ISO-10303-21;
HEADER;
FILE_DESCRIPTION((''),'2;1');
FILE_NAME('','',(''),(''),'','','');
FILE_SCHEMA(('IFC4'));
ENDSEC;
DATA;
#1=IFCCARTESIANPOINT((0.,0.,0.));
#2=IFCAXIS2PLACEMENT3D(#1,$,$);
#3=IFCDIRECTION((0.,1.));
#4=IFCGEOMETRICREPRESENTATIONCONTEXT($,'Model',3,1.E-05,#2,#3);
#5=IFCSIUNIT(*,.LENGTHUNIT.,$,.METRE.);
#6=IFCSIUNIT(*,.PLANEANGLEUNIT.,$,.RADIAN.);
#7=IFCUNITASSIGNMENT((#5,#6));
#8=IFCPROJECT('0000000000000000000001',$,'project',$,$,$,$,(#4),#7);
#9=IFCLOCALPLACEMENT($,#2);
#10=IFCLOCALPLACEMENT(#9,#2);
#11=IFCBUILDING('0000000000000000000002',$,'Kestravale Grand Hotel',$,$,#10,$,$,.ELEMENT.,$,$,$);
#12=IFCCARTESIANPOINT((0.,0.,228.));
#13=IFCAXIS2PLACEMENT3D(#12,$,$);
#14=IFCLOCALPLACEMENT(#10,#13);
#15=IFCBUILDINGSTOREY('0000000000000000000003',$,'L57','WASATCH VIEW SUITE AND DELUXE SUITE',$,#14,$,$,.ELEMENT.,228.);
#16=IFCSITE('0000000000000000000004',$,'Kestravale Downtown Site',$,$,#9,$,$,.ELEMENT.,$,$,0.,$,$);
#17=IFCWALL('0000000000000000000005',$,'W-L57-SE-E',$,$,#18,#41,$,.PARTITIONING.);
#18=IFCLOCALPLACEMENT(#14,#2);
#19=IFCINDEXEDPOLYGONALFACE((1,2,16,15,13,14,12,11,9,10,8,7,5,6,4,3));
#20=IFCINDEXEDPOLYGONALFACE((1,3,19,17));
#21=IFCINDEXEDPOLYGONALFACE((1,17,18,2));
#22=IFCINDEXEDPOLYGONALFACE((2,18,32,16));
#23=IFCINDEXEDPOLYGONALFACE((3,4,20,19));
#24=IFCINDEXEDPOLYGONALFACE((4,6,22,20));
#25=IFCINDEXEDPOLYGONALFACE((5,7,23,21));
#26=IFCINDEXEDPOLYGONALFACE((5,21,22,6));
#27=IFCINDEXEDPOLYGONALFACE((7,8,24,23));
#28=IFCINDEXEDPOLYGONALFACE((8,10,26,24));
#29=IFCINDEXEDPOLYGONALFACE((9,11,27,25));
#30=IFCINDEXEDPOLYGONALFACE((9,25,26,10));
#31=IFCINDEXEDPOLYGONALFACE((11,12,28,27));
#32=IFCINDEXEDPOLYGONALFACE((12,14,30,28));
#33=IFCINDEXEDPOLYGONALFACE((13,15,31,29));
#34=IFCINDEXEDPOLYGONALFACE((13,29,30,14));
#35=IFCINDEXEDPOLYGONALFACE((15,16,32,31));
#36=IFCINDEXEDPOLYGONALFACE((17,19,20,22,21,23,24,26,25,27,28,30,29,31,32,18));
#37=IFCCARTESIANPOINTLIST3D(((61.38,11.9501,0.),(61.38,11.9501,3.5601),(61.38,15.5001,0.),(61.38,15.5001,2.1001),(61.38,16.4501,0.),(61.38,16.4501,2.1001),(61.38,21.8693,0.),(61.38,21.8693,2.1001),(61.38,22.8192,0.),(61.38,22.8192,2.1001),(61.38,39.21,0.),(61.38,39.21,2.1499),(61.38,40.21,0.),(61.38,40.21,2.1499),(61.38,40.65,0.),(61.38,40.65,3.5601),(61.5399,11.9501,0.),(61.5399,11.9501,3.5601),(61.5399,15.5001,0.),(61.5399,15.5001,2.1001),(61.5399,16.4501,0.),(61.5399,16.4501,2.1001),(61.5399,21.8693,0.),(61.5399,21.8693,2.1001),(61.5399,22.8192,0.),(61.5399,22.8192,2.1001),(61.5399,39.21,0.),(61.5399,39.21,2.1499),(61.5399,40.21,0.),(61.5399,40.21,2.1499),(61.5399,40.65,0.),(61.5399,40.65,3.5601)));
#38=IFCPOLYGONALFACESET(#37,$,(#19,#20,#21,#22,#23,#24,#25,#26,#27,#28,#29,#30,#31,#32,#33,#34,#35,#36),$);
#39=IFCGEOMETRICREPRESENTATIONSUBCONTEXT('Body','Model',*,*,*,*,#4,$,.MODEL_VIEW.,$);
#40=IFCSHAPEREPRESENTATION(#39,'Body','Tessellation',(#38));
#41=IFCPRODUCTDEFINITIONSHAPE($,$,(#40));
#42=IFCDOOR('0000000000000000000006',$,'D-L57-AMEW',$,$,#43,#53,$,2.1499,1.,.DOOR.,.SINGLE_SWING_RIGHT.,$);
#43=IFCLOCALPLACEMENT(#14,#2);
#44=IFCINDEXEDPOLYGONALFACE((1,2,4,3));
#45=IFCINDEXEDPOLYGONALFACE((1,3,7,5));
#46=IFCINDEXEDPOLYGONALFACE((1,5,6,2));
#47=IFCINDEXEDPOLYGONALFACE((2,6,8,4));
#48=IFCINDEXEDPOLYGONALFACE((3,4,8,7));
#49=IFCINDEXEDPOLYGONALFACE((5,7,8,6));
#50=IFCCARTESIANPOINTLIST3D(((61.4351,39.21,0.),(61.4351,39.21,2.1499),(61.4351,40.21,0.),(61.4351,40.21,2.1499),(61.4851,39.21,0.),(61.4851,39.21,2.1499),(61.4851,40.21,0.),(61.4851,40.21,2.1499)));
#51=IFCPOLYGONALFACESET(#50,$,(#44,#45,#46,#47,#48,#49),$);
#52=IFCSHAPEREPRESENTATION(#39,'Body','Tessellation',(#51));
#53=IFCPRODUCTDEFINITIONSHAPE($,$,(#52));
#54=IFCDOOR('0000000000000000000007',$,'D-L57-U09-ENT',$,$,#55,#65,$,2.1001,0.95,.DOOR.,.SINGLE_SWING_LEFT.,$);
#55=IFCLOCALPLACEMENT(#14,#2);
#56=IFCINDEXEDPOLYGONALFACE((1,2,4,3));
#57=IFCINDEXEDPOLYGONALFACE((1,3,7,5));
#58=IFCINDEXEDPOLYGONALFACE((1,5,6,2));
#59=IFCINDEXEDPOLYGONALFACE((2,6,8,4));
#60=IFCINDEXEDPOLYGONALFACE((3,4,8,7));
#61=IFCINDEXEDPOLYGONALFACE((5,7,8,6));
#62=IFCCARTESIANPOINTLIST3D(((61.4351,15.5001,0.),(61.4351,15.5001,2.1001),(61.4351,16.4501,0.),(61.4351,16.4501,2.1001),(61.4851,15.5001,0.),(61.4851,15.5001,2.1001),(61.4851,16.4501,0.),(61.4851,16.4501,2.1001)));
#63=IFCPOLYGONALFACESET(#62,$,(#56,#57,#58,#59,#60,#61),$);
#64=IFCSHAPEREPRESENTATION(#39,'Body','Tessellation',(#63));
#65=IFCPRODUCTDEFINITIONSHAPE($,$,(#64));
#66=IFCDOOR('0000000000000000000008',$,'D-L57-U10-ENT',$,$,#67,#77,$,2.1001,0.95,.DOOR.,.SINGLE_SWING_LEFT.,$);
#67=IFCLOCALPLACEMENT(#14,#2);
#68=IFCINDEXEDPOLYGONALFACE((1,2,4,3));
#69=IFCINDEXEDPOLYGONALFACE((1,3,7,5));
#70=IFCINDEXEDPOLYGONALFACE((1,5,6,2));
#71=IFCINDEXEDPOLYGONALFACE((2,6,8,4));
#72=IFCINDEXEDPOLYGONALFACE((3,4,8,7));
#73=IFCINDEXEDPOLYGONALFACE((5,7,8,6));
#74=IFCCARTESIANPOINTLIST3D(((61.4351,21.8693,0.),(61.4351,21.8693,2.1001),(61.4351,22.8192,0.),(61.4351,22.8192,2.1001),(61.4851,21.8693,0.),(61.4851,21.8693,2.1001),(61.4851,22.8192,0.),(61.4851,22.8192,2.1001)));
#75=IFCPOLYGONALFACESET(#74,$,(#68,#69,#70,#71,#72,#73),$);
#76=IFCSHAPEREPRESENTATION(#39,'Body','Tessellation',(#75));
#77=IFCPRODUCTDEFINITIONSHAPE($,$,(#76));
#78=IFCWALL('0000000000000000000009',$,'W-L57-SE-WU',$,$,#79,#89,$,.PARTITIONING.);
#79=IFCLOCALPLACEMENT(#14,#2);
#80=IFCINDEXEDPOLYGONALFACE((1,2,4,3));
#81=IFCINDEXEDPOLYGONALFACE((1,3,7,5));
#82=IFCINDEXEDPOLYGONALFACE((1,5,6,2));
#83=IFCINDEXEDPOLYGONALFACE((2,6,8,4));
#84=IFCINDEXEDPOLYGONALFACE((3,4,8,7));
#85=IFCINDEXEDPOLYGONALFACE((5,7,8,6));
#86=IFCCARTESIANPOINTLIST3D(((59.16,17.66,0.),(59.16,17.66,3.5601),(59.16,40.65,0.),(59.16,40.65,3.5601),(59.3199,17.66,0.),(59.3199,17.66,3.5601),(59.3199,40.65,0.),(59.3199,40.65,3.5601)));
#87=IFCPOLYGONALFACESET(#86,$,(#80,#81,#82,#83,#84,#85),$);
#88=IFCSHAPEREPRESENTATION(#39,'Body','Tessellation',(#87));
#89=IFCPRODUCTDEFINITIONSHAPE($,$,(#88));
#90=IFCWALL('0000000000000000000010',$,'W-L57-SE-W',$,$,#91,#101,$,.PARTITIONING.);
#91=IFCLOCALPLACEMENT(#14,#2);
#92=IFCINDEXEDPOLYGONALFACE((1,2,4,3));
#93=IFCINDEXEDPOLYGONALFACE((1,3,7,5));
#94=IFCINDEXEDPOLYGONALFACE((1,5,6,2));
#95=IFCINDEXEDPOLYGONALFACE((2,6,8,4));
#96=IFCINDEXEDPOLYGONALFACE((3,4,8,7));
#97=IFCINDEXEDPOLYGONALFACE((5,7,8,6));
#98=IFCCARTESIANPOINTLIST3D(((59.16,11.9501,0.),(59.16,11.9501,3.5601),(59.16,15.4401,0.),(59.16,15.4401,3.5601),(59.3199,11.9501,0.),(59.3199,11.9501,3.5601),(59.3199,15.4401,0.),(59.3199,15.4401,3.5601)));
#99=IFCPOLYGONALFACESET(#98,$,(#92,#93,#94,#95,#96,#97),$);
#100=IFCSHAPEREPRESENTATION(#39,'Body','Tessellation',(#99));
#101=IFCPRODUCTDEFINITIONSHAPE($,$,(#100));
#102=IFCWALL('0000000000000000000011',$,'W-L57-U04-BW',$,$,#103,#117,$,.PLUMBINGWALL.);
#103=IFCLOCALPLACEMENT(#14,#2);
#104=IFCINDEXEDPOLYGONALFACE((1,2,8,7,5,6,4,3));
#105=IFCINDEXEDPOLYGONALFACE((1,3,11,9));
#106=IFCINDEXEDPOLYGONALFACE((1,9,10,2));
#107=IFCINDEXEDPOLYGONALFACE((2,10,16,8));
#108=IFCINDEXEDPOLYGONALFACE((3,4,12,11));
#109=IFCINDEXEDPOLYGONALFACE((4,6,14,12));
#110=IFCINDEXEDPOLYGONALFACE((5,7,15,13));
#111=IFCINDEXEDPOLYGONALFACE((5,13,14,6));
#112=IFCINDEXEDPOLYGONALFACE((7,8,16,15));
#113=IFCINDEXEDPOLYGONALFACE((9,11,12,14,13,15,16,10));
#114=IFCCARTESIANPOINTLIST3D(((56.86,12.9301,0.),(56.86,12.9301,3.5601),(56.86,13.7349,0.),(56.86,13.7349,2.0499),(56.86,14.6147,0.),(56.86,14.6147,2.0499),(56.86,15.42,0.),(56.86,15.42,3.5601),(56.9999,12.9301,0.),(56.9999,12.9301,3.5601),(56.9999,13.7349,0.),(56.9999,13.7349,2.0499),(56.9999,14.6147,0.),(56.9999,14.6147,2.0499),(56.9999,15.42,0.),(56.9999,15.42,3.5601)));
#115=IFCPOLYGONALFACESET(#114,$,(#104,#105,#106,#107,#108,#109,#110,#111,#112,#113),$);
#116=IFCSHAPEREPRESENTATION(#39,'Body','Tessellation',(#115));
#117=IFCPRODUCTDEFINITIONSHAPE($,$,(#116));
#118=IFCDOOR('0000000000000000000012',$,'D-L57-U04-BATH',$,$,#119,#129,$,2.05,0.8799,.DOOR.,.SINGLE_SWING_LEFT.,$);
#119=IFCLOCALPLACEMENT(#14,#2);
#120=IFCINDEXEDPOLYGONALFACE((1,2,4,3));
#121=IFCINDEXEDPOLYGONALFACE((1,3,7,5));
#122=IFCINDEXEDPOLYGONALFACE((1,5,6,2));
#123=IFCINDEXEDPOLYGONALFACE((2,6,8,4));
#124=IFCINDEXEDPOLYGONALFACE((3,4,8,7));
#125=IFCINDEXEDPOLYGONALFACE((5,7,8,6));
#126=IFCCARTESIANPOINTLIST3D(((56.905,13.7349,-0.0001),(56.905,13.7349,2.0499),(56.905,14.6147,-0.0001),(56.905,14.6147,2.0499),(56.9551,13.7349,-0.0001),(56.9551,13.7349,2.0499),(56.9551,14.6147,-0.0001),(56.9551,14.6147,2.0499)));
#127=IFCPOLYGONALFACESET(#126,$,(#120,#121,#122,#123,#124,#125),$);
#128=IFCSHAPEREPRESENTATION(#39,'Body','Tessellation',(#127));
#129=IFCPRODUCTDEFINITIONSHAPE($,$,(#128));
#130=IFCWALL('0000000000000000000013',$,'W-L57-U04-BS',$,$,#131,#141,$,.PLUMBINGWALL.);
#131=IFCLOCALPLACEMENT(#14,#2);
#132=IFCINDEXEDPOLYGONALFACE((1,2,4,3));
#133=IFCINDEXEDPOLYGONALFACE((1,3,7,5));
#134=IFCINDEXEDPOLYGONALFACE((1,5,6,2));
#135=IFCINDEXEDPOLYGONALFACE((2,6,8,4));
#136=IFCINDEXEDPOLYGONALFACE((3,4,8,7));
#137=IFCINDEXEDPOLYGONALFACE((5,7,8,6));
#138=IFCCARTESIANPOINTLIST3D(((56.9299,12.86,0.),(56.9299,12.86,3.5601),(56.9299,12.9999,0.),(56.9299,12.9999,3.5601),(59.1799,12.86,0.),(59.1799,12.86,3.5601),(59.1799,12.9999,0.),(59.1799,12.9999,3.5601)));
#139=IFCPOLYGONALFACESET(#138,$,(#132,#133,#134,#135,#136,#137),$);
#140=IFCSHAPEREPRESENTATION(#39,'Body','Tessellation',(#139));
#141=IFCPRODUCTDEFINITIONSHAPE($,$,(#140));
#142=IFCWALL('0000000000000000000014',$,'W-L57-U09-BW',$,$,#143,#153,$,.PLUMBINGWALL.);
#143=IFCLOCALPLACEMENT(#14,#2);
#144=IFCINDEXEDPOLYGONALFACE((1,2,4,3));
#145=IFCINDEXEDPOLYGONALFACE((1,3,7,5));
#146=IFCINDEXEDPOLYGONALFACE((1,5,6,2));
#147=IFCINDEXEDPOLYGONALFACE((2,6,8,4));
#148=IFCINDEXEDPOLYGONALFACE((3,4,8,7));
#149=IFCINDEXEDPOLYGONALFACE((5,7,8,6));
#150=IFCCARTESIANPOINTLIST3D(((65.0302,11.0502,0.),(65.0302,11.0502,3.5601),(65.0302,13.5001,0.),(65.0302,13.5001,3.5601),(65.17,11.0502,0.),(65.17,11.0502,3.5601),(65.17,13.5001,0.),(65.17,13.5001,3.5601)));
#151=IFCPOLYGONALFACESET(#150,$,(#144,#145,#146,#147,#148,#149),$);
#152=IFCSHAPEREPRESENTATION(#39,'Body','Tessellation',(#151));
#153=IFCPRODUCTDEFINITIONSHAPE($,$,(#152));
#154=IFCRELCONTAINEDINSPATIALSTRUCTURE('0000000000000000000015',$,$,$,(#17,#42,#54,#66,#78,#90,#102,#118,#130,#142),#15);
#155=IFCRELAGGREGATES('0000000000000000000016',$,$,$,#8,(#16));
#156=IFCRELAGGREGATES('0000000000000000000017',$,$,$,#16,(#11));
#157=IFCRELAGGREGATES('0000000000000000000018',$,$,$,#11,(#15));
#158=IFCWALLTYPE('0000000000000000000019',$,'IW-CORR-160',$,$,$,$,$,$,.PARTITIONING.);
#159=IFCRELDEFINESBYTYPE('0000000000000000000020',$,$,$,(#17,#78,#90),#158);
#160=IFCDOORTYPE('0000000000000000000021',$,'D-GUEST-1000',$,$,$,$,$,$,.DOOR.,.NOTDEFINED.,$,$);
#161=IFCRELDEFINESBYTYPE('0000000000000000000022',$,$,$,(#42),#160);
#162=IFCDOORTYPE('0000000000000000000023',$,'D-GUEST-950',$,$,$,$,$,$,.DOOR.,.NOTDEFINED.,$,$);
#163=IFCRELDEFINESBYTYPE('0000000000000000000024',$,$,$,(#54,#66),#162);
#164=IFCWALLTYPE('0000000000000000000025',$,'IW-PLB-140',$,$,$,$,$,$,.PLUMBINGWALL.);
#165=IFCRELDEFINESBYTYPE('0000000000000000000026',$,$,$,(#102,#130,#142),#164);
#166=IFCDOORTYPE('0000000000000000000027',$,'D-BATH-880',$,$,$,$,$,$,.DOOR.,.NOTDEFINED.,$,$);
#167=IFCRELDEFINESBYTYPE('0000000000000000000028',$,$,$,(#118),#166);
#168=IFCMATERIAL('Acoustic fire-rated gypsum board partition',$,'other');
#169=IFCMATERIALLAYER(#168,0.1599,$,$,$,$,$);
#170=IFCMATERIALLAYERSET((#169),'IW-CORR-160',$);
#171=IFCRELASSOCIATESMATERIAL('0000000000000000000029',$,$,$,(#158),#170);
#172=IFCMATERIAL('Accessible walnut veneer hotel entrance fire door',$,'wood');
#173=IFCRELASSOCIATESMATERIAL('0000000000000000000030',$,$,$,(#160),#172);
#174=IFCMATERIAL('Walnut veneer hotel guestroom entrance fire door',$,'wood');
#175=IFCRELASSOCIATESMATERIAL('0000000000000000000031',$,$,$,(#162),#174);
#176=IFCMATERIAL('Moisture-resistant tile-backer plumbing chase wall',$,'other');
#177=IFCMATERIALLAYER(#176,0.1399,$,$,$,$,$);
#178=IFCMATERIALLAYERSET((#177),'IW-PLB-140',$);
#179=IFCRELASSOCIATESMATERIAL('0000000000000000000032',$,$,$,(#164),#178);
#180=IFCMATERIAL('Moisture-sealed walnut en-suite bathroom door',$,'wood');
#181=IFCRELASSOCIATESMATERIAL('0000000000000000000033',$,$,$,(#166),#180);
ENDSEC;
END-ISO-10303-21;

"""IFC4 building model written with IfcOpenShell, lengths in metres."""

from ifc_helpers import new_model, si_unit, direction, frame, frame_2d, origin, place, context, subcontext, project, spatial, rectangle, extrude, material, layer, layer_set, type_object, element, fill, save


model = new_model("IFC4")

# Units and contexts
model_context = context("Model", 3, precision=1e-05, world=origin(), true_north=direction((0.0, 1.0)))
body_context = subcontext(model_context, "Body", "Model", "MODEL_VIEW")
ifc_project = project(units=[si_unit("LENGTHUNIT", "METRE"), si_unit("PLANEANGLEUNIT", "RADIAN")], contexts=[model_context])

# Site, building, storey
site_placement = place(None, origin())
site = spatial("IfcSite", under=ifc_project, at=site_placement, Name="Kestravale Downtown Site", CompositionType="ELEMENT", RefElevation=0.0)
building_placement = place(site_placement, origin())
building = spatial("IfcBuilding", under=site, at=building_placement, Name="Kestravale Grand Hotel", CompositionType="ELEMENT")
storey_placement = place(building_placement, frame((0.0, 0.0, 228.0)))
storey = spatial("IfcBuildingStorey", under=building, at=storey_placement, Name="L57", Description="WASATCH VIEW SUITE AND DELUXE SUITE", CompositionType="ELEMENT", Elevation=228.0)

# Wall, openings, doors
ifc_material_1 = material(Name="Acoustic fire-rated gypsum board partition", Category="other")
ifc_layer_1 = layer(ifc_material_1, 0.1599)
ifc_layer_set_1 = layer_set([ifc_layer_1], Name="IW-CORR-160")
wall_type_1 = type_object("IfcWallType", Name="IW-CORR-160", PredefinedType="PARTITIONING", material=ifc_layer_set_1)
wall_1_placement = place(storey_placement, frame((61.46, 11.95, 0.0), z_axis=(0.0, 0.0, 1.0), x_axis=(0.0, 1.0, 0.0)))
wall_1 = element("IfcWall", 1, at=wall_1_placement, inside=storey, type_object=wall_type_1, Name="W-L57-SE-E", PredefinedType="PARTITIONING", context=body_context, shape_type="SweptSolid", body=[
    extrude(rectangle(XDim=28.7, YDim=0.1599, at=frame_2d((14.3501, 0.0))), origin(), (0.0, 0.0, 1.0), 3.5601),
])
opening_1_placement = place(wall_1_placement, frame((3.55, 0.0, 0.0)))
opening_1 = element("IfcOpeningElement", 2, at=opening_1_placement, cuts=wall_1, PredefinedType="OPENING", context=body_context, shape_type="SweptSolid", body=[
    extrude(rectangle(XDim=0.95, YDim=2.1001, at=frame_2d((0.4751, 1.05))), frame((0.0, 0.0898, 0.0), z_axis=(0.0, -1.0, 0.0), x_axis=(1.0, 0.0, 0.0)), (0.0, 0.0, 1.0), 0.1799),
])
opening_2_placement = place(wall_1_placement, frame((9.9192, 0.0, 0.0)))
opening_2 = element("IfcOpeningElement", 3, at=opening_2_placement, cuts=wall_1, PredefinedType="OPENING", context=body_context, shape_type="SweptSolid", body=[
    extrude(rectangle(XDim=0.95, YDim=2.1001, at=frame_2d((0.4751, 1.05))), frame((0.0, 0.0898, 0.0), z_axis=(0.0, -1.0, 0.0), x_axis=(1.0, 0.0, 0.0)), (0.0, 0.0, 1.0), 0.1799),
])
opening_3_placement = place(wall_1_placement, frame((27.26, 0.0, 0.0)))
opening_3 = element("IfcOpeningElement", 4, at=opening_3_placement, cuts=wall_1, PredefinedType="OPENING", context=body_context, shape_type="SweptSolid", body=[
    extrude(rectangle(XDim=1.0, YDim=2.1499, at=frame_2d((0.5, 1.075))), frame((0.0, 0.0898, 0.0), z_axis=(0.0, -1.0, 0.0), x_axis=(1.0, 0.0, 0.0)), (0.0, 0.0, 1.0), 0.1799),
])
ifc_material_2 = material(Name="Accessible walnut veneer hotel entrance fire door", Category="wood")
door_type_1 = type_object("IfcDoorType", Name="D-GUEST-1000", OperationType="NOTDEFINED", PredefinedType="DOOR", material=ifc_material_2)
door_1_placement = place(opening_3_placement, origin())
door_1 = element("IfcDoor", 5, at=door_1_placement, inside=storey, type_object=door_type_1, Name="D-L57-AMEW", OperationType="SINGLE_SWING_RIGHT", OverallHeight=2.1499, OverallWidth=1.0, PredefinedType="DOOR", context=body_context, shape_type="SweptSolid", body=[
    extrude(rectangle(XDim=1.0, YDim=2.1499, at=frame_2d((0.5, 1.075))), frame((0.0, 0.0249, 0.0), z_axis=(0.0, -1.0, 0.0), x_axis=(1.0, 0.0, 0.0)), (0.0, 0.0, 1.0), 0.05),
])
fill(opening_3, door_1)
ifc_material_3 = material(Name="Walnut veneer hotel guestroom entrance fire door", Category="wood")
door_type_2 = type_object("IfcDoorType", Name="D-GUEST-950", OperationType="NOTDEFINED", PredefinedType="DOOR", material=ifc_material_3)
door_2_placement = place(opening_1_placement, origin())
door_2 = element("IfcDoor", 6, at=door_2_placement, inside=storey, type_object=door_type_2, Name="D-L57-U09-ENT", OperationType="SINGLE_SWING_LEFT", OverallHeight=2.1001, OverallWidth=0.95, PredefinedType="DOOR", context=body_context, shape_type="SweptSolid", body=[
    extrude(rectangle(XDim=0.95, YDim=2.1001, at=frame_2d((0.4751, 1.05))), frame((0.0, 0.0249, 0.0), z_axis=(0.0, -1.0, 0.0), x_axis=(1.0, 0.0, 0.0)), (0.0, 0.0, 1.0), 0.05),
])
fill(opening_1, door_2)
door_3_placement = place(opening_2_placement, origin())
door_3 = element("IfcDoor", 7, at=door_3_placement, inside=storey, type_object=door_type_2, Name="D-L57-U10-ENT", OperationType="SINGLE_SWING_LEFT", OverallHeight=2.1001, OverallWidth=0.95, PredefinedType="DOOR", context=body_context, shape_type="SweptSolid", body=[
    extrude(rectangle(XDim=0.95, YDim=2.1001, at=frame_2d((0.4751, 1.05))), frame((0.0, 0.0249, 0.0), z_axis=(0.0, -1.0, 0.0), x_axis=(1.0, 0.0, 0.0)), (0.0, 0.0, 1.0), 0.05),
])
fill(opening_2, door_3)

# Walls
wall_2_placement = place(storey_placement, frame((59.24, 17.6599, 0.0), z_axis=(0.0, 0.0, 1.0), x_axis=(0.0, 1.0, 0.0)))
element("IfcWall", 8, at=wall_2_placement, inside=storey, type_object=wall_type_1, Name="W-L57-SE-WU", PredefinedType="PARTITIONING", context=body_context, shape_type="SweptSolid", body=[
    extrude(rectangle(XDim=22.99, YDim=0.1599, at=frame_2d((11.4951, 0.0))), origin(), (0.0, 0.0, 1.0), 3.5601),
])
wall_3_placement = place(storey_placement, frame((59.24, 11.95, 0.0), z_axis=(0.0, 0.0, 1.0), x_axis=(0.0, 1.0, 0.0)))
element("IfcWall", 9, at=wall_3_placement, inside=storey, type_object=wall_type_1, Name="W-L57-SE-W", PredefinedType="PARTITIONING", context=body_context, shape_type="SweptSolid", body=[
    extrude(rectangle(XDim=3.49, YDim=0.1599, at=frame_2d((1.7451, 0.0))), origin(), (0.0, 0.0, 1.0), 3.5601),
])

# Wall, opening, door
ifc_material_4 = material(Name="Moisture-resistant tile-backer plumbing chase wall", Category="other")
ifc_layer_2 = layer(ifc_material_4, 0.1399)
ifc_layer_set_2 = layer_set([ifc_layer_2], Name="IW-PLB-140")
wall_type_2 = type_object("IfcWallType", Name="IW-PLB-140", PredefinedType="PLUMBINGWALL", material=ifc_layer_set_2)
wall_4_placement = place(storey_placement, frame((56.9299, 12.9299, 0.0), z_axis=(0.0, 0.0, 1.0), x_axis=(0.0, 1.0, 0.0)))
wall_4 = element("IfcWall", 10, at=wall_4_placement, inside=storey, type_object=wall_type_2, Name="W-L57-U04-BW", PredefinedType="PLUMBINGWALL", context=body_context, shape_type="SweptSolid", body=[
    extrude(rectangle(XDim=2.49, YDim=0.1399, at=frame_2d((1.2451, 0.0))), origin(), (0.0, 0.0, 1.0), 3.5601),
])
opening_4_placement = place(wall_4_placement, frame((0.8049, 0.0, 0.0)))
opening_4 = element("IfcOpeningElement", 11, at=opening_4_placement, cuts=wall_4, PredefinedType="OPENING", context=body_context, shape_type="SweptSolid", body=[
    extrude(rectangle(XDim=0.8799, YDim=2.05, at=frame_2d((0.4399, 1.0249))), frame((0.0, 0.0798, 0.0), z_axis=(0.0, -1.0, 0.0), x_axis=(1.0, 0.0, 0.0)), (0.0, 0.0, 1.0), 0.1599),
])
ifc_material_5 = material(Name="Moisture-sealed walnut en-suite bathroom door", Category="wood")
door_type_3 = type_object("IfcDoorType", Name="D-BATH-880", OperationType="NOTDEFINED", PredefinedType="DOOR", material=ifc_material_5)
door_4_placement = place(opening_4_placement, origin())
door_4 = element("IfcDoor", 12, at=door_4_placement, inside=storey, type_object=door_type_3, Name="D-L57-U04-BATH", OperationType="SINGLE_SWING_LEFT", OverallHeight=2.05, OverallWidth=0.8799, PredefinedType="DOOR", context=body_context, shape_type="SweptSolid", body=[
    extrude(rectangle(XDim=0.8799, YDim=2.05, at=frame_2d((0.4399, 1.0249))), frame((0.0, 0.0249, 0.0), z_axis=(0.0, -1.0, 0.0), x_axis=(1.0, 0.0, 0.0)), (0.0, 0.0, 1.0), 0.05),
])
fill(opening_4, door_4)

# Walls
wall_5_placement = place(storey_placement, frame((56.9299, 12.9299, 0.0), z_axis=(0.0, 0.0, 1.0), x_axis=(1.0, 0.0, 0.0)))
element("IfcWall", 13, at=wall_5_placement, inside=storey, type_object=wall_type_2, Name="W-L57-U04-BS", PredefinedType="PLUMBINGWALL", context=body_context, shape_type="SweptSolid", body=[
    extrude(rectangle(XDim=2.25, YDim=0.1399, at=frame_2d((1.125, 0.0))), origin(), (0.0, 0.0, 1.0), 3.5601),
])
wall_6_placement = place(storey_placement, frame((65.1001, 11.05, 0.0), z_axis=(0.0, 0.0, 1.0), x_axis=(0.0, 1.0, 0.0)))
element("IfcWall", 14, at=wall_6_placement, inside=storey, type_object=wall_type_2, Name="W-L57-U09-BW", PredefinedType="PLUMBINGWALL", context=body_context, shape_type="SweptSolid", body=[
    extrude(rectangle(XDim=2.45, YDim=0.1399, at=frame_2d((1.2251, 0.0))), origin(), (0.0, 0.0, 1.0), 3.5601),
])

save(model, "model.ifc")
